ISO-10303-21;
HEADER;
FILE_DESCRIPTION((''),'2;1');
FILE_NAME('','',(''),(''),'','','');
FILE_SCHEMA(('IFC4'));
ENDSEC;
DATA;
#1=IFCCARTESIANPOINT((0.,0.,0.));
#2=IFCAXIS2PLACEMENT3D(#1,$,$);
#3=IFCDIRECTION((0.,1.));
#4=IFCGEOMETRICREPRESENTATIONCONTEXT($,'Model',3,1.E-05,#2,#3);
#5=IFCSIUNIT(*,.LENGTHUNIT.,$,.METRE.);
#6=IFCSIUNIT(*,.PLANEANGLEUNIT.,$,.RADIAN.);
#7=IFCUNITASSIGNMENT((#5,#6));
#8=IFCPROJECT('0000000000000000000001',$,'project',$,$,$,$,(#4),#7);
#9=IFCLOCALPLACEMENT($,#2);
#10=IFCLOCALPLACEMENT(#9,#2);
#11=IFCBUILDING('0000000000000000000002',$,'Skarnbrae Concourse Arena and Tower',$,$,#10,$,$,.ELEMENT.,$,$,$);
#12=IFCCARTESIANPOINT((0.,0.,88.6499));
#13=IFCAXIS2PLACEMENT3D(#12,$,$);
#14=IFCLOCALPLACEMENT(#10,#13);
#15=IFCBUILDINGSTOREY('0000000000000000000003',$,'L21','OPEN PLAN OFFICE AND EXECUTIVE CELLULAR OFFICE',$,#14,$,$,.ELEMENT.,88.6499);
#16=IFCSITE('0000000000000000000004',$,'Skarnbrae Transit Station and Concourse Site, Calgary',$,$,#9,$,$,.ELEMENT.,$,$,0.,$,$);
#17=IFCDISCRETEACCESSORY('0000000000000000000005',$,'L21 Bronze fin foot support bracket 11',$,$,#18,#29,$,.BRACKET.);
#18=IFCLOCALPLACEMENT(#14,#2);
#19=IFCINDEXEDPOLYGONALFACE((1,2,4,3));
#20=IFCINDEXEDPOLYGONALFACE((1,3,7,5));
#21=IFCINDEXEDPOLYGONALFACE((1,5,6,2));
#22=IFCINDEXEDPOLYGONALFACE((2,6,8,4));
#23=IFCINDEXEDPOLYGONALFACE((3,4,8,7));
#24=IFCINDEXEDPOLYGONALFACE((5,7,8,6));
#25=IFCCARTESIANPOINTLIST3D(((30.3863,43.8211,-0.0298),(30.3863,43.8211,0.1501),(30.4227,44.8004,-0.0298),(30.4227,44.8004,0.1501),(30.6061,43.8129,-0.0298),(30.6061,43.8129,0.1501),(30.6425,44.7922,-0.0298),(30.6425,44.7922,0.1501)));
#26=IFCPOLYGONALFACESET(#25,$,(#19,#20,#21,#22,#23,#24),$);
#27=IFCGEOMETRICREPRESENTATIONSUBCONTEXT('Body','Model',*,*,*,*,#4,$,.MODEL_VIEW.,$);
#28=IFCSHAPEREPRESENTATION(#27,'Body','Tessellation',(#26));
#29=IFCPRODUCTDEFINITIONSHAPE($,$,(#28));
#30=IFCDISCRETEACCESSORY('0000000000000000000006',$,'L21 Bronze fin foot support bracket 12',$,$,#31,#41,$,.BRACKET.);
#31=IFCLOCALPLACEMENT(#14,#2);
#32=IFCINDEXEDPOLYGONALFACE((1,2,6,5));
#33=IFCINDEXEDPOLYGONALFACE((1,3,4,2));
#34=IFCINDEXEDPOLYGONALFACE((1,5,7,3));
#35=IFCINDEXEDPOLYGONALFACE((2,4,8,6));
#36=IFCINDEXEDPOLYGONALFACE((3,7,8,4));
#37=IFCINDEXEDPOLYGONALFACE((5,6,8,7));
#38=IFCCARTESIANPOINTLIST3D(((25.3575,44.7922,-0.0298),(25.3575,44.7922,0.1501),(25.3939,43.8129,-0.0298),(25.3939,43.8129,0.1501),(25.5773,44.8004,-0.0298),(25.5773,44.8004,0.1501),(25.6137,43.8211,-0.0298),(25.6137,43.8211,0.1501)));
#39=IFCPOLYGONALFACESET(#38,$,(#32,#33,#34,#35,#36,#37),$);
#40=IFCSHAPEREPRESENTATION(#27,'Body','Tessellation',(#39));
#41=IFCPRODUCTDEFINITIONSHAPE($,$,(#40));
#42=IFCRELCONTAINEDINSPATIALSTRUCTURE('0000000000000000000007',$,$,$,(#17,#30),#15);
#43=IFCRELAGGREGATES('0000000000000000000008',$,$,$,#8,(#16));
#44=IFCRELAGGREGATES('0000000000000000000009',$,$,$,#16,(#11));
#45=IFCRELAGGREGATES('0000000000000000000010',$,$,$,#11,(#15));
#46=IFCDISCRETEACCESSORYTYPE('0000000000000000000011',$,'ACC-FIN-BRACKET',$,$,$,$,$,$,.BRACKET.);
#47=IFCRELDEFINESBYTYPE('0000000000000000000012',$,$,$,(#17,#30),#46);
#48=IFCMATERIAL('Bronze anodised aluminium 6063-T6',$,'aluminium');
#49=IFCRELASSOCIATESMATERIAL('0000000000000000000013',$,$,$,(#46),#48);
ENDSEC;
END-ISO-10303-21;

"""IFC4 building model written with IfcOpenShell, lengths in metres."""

from ifc_helpers import new_model, si_unit, direction, frame, origin, origin_2d, place, context, subcontext, project, spatial, rectangle, extrude, source, transform, mapped, material, type_object, element, save


model = new_model("IFC4")

# Units and contexts
model_context = context("Model", 3, precision=1e-05, world=origin(), true_north=direction((0.0, 1.0)))
body_context = subcontext(model_context, "Body", "Model", "MODEL_VIEW")
ifc_project = project(units=[si_unit("LENGTHUNIT", "METRE"), si_unit("PLANEANGLEUNIT", "RADIAN")], contexts=[model_context])

# Site, building, storey
site_placement = place(None, origin())
site = spatial("IfcSite", under=ifc_project, at=site_placement, Name="Skarnbrae Transit Station and Concourse Site, Calgary", CompositionType="ELEMENT", RefElevation=0.0)
building_placement = place(site_placement, origin())
building = spatial("IfcBuilding", under=site, at=building_placement, Name="Skarnbrae Concourse Arena and Tower", CompositionType="ELEMENT")
storey_placement = place(building_placement, frame((0.0, 0.0, 88.6499)))
storey = spatial("IfcBuildingStorey", under=building, at=storey_placement, Name="L21", Description="OPEN PLAN OFFICE AND EXECUTIVE CELLULAR OFFICE", CompositionType="ELEMENT", Elevation=88.6499)

# Shared definitions
ifc_material_1 = material(Name="Bronze anodised aluminium 6063-T6", Category="aluminium")

# Discrete accessories
discrete_accessory_type = type_object("IfcDiscreteAccessoryType", Name="ACC-FIN-BRACKET", PredefinedType="BRACKET", material=ifc_material_1)
shared_shape_1 = source(origin(), body_context, "Body", "SweptSolid", [
    extrude(rectangle(XDim=0.22, YDim=0.98, at=origin_2d()), origin(), (0.0, 0.0, 1.0), 0.1799),
])
for number, where, z_axis, x_axis, name in (
    (1, (30.5144, 44.3066, -0.0298), (0.0, 0.0, 1.0), (0.999308, -0.037184, 0.0), "L21 Bronze fin foot support bracket 11"),
    (2, (25.4856, 44.3066, -0.0298), (0.0, 0.0, 1.0), (0.999308, 0.037184, 0.0), "L21 Bronze fin foot support bracket 12"),
):
    element("IfcDiscreteAccessory", number, at=place(storey_placement, frame(where, z_axis=z_axis, x_axis=x_axis)), inside=storey, type_object=discrete_accessory_type, Name=name, PredefinedType="BRACKET", context=body_context, shape_type="MappedRepresentation", body=[
        mapped(shared_shape_1, transform((0.0, 0.0, 0.0))),
    ])

save(model, "model.ifc")
